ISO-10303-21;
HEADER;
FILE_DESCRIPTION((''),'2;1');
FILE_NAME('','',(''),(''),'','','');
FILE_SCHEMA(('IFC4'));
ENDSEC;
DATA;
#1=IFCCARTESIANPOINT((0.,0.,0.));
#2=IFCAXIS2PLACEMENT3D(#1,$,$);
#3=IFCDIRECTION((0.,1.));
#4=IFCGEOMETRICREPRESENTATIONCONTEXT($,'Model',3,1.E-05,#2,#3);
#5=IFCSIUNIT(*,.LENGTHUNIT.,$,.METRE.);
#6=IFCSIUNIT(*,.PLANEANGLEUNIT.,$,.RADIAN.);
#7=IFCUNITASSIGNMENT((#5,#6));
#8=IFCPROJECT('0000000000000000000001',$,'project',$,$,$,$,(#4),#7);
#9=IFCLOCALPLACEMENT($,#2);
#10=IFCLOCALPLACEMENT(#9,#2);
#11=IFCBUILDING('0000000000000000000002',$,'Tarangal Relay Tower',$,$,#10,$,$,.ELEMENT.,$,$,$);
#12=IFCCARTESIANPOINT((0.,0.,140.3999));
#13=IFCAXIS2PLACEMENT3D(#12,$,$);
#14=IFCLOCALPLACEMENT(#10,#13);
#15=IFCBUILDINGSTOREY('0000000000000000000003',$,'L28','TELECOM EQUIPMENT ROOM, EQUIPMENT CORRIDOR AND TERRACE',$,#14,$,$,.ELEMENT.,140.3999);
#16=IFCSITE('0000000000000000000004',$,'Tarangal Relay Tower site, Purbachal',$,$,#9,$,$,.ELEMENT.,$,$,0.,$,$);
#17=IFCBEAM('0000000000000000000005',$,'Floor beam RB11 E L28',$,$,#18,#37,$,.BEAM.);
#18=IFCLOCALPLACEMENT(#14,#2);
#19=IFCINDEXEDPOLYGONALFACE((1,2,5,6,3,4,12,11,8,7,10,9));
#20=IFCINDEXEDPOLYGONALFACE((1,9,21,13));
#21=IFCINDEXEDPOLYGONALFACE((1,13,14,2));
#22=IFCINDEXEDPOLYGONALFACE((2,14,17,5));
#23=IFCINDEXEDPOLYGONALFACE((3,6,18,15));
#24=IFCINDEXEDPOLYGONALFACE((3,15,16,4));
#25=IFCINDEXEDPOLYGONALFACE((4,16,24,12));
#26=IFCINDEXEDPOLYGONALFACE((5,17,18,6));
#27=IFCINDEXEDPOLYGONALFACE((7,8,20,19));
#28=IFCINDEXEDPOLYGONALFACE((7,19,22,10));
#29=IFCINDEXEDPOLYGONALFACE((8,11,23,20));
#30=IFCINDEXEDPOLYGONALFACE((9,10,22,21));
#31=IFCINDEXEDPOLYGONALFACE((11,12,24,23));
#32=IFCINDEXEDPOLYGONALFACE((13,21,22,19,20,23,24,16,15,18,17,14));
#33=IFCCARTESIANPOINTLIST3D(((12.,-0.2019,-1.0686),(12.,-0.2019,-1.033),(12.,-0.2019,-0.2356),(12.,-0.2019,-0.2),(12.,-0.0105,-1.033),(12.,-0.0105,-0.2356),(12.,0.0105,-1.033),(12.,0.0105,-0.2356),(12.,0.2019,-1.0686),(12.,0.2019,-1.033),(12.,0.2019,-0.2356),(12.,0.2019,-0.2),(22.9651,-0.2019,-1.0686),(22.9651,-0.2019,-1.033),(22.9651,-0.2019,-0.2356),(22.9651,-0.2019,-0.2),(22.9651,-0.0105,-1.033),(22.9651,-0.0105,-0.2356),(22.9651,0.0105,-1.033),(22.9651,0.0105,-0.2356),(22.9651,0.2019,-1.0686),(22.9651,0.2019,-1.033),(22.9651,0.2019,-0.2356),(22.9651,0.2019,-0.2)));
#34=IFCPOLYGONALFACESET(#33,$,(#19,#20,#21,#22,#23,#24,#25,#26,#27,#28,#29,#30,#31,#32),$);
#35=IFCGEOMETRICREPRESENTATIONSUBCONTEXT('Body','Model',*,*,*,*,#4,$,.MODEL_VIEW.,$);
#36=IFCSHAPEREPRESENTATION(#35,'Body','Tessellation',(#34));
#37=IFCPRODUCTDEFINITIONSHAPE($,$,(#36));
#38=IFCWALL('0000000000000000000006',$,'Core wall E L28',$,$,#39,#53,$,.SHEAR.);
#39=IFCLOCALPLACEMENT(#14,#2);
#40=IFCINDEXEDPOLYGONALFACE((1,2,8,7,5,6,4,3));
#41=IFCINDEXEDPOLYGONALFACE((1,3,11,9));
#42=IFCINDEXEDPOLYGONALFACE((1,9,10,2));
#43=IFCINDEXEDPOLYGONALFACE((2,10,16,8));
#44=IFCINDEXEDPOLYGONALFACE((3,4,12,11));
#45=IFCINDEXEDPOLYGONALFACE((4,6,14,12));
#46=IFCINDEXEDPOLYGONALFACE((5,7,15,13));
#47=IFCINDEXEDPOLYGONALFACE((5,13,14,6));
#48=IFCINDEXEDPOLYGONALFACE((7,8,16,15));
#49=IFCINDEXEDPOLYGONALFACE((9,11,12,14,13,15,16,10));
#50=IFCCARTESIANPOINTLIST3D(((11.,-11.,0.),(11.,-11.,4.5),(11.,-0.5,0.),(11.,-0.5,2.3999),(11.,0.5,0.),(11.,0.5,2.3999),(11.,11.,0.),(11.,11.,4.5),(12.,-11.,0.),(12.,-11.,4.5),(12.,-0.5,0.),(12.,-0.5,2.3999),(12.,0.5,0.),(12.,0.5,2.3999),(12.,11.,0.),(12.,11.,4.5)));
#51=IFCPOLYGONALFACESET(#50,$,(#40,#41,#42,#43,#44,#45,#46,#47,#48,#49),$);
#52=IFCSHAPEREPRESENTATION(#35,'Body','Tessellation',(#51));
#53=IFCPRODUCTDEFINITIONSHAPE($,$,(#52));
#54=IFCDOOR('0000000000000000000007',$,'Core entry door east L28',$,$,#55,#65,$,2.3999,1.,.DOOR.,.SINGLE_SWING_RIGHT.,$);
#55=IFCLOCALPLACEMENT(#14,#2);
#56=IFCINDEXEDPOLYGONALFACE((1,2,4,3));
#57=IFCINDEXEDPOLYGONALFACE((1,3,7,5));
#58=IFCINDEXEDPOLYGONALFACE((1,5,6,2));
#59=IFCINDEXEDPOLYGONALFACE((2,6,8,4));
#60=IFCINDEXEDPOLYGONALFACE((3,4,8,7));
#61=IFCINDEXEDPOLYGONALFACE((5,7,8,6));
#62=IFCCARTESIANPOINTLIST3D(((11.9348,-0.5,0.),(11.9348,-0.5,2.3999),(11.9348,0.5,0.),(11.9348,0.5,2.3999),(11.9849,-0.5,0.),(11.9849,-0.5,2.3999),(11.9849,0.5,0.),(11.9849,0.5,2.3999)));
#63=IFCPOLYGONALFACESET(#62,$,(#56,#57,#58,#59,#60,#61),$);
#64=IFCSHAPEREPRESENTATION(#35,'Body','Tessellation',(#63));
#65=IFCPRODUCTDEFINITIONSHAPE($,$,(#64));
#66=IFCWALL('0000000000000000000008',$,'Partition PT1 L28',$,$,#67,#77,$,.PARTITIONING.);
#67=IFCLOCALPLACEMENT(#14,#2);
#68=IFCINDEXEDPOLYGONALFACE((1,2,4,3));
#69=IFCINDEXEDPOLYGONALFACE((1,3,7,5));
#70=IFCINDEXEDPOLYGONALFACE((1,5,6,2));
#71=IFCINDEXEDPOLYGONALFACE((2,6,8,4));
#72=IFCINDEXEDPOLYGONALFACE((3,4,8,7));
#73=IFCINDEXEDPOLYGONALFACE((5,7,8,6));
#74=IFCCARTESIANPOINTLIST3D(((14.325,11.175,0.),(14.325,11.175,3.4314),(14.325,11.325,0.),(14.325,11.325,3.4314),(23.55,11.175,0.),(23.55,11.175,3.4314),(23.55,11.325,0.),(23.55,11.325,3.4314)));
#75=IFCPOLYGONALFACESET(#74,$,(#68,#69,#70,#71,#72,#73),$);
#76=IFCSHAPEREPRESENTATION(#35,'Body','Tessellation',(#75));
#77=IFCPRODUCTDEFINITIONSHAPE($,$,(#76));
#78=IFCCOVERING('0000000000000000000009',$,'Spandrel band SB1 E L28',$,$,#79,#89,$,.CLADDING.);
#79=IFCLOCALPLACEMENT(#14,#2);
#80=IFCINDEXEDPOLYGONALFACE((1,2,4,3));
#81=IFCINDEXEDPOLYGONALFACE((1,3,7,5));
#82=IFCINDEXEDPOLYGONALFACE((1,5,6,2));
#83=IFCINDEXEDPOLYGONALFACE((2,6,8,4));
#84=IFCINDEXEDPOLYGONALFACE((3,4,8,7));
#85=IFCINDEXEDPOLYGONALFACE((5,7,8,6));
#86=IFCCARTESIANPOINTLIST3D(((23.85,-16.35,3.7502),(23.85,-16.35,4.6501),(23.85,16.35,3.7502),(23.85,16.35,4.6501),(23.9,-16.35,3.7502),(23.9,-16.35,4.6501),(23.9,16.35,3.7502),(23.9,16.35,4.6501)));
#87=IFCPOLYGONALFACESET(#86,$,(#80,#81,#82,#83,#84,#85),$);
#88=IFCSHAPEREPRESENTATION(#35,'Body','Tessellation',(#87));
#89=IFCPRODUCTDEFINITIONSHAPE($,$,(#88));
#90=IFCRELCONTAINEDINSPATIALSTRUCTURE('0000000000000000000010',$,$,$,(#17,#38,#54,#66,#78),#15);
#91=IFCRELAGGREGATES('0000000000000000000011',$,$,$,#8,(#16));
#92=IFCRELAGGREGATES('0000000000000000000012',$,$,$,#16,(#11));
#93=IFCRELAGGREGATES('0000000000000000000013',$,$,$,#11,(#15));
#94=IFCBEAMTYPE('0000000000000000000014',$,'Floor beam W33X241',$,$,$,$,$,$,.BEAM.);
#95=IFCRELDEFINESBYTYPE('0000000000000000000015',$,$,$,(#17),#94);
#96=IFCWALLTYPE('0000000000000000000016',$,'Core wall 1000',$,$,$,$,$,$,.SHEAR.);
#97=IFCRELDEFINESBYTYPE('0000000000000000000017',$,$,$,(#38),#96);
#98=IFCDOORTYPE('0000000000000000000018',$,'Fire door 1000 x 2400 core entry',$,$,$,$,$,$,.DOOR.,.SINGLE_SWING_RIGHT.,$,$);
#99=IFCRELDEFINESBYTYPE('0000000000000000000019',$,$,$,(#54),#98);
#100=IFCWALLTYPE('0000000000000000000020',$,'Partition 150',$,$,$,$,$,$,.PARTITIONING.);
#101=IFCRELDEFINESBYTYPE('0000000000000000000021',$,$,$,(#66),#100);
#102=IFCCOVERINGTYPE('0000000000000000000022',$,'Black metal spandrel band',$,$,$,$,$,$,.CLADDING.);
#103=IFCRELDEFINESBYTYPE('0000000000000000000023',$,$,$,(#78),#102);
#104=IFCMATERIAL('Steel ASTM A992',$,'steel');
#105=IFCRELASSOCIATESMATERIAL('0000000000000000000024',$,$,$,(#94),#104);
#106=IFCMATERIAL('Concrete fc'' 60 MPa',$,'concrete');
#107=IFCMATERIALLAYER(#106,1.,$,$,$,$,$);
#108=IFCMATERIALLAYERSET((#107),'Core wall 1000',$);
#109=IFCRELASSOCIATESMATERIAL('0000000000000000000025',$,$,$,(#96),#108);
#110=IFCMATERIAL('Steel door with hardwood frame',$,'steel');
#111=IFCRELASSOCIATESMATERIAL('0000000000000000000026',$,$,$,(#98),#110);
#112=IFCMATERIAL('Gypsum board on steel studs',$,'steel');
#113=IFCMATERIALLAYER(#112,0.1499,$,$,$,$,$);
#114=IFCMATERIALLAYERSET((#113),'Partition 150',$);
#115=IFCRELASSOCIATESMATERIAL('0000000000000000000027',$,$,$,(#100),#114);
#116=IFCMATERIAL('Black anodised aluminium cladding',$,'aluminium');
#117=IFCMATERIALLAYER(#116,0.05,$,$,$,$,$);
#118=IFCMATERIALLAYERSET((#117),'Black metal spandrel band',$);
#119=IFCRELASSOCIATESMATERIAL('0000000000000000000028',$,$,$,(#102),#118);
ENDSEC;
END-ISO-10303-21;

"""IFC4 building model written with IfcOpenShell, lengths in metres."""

from ifc_helpers import new_model, si_unit, direction, frame, frame_2d, origin, origin_2d, place, context, subcontext, project, spatial, rectangle, i_section, extrude, material, layer, layer_set, material_profile, profile_set, type_object, element, fill, save


model = new_model("IFC4")

# Units and contexts
model_context = context("Model", 3, precision=1e-05, world=origin(), true_north=direction((0.0, 1.0)))
body_context = subcontext(model_context, "Body", "Model", "MODEL_VIEW")
ifc_project = project(units=[si_unit("LENGTHUNIT", "METRE"), si_unit("PLANEANGLEUNIT", "RADIAN")], contexts=[model_context])

# Site, building, storey
site_placement = place(None, origin())
site = spatial("IfcSite", under=ifc_project, at=site_placement, Name="Tarangal Relay Tower site, Purbachal", CompositionType="ELEMENT", RefElevation=0.0)
building_placement = place(site_placement, origin())
building = spatial("IfcBuilding", under=site, at=building_placement, Name="Tarangal Relay Tower", CompositionType="ELEMENT")
storey_placement = place(building_placement, frame((0.0, 0.0, 140.3999)))
storey = spatial("IfcBuildingStorey", under=building, at=storey_placement, Name="L28", Description="TELECOM EQUIPMENT ROOM, EQUIPMENT CORRIDOR AND TERRACE", CompositionType="ELEMENT", Elevation=140.3999)

# Beam
ifc_material_1 = material(Name="Steel ASTM A992", Category="steel")
ifc_material_profile_1 = material_profile(ifc_material_1, i_section(OverallWidth=0.4038, OverallDepth=0.8687, WebThickness=0.021, FlangeThickness=0.0356, at=origin_2d()), Name="W33X241")
ifc_profile_set_1 = profile_set([ifc_material_profile_1], Name="Steel ASTM A992")
beam_type_1 = type_object("IfcBeamType", Name="Floor beam W33X241", PredefinedType="BEAM", material=ifc_profile_set_1)
for number, where, z_axis, x_axis, name in (
    (1, (12.0, 0.0, -0.6343), (1.0, 0.0, 0.0), (0.0, 1.0, 0.0), "Floor beam RB11 E L28"),
):
    element("IfcBeam", number, at=place(storey_placement, frame(where, z_axis=z_axis, x_axis=x_axis)), inside=storey, type_object=beam_type_1, Name=name, PredefinedType="BEAM", context=body_context, shape_type="SweptSolid", body=[
        extrude(i_section(OverallWidth=0.4038, OverallDepth=0.8687, WebThickness=0.021, FlangeThickness=0.0356, at=origin_2d()), origin(), (0.0, 0.0, 1.0), 10.9651),
    ])

# Wall, opening, door
ifc_material_2 = material(Name="Concrete fc' 60 MPa", Category="concrete")
ifc_layer_1 = layer(ifc_material_2, 1.0)
ifc_layer_set_1 = layer_set([ifc_layer_1], Name="Core wall 1000")
wall_type_1 = type_object("IfcWallType", Name="Core wall 1000", PredefinedType="SHEAR", material=ifc_layer_set_1)
wall_1_placement = place(storey_placement, frame((11.5, 11.0, 0.0), z_axis=(0.0, 0.0, 1.0), x_axis=(0.0, -1.0, 0.0)))
wall_1 = element("IfcWall", 2, at=wall_1_placement, inside=storey, type_object=wall_type_1, Name="Core wall E L28", PredefinedType="SHEAR", context=body_context, shape_type="SweptSolid", body=[
    extrude(rectangle(XDim=22.0, YDim=1.0, at=frame_2d((11.0, 0.0))), origin(), (0.0, 0.0, 1.0), 4.5),
])
opening_placement = place(wall_1_placement, frame((10.5, 0.0, 0.0)))
opening = element("IfcOpeningElement", 3, at=opening_placement, cuts=wall_1, PredefinedType="OPENING", context=body_context, shape_type="SweptSolid", body=[
    extrude(rectangle(XDim=1.0, YDim=2.3999, at=frame_2d((0.5, 1.2))), frame((0.0, 0.51, 0.0), z_axis=(0.0, -1.0, 0.0), x_axis=(1.0, 0.0, 0.0)), (0.0, 0.0, 1.0), 1.02),
])
ifc_material_3 = material(Name="Steel door with hardwood frame", Category="steel")
door_type = type_object("IfcDoorType", Name="Fire door 1000 x 2400 core entry", OperationType="SINGLE_SWING_RIGHT", PredefinedType="DOOR", material=ifc_material_3)
door_placement = place(opening_placement, origin())
door = element("IfcDoor", 4, at=door_placement, inside=storey, type_object=door_type, Name="Core entry door east L28", OperationType="SINGLE_SWING_RIGHT", OverallHeight=2.3999, OverallWidth=1.0, PredefinedType="DOOR", context=body_context, shape_type="SweptSolid", body=[
    extrude(rectangle(XDim=1.0, YDim=2.3999, at=frame_2d((0.5, 1.2))), frame((0.0, 0.4849, 0.0), z_axis=(0.0, -1.0, 0.0), x_axis=(1.0, 0.0, 0.0)), (0.0, 0.0, 1.0), 0.05),
])
fill(opening, door)

# Wall
ifc_material_4 = material(Name="Gypsum board on steel studs", Category="steel")
ifc_layer_2 = layer(ifc_material_4, 0.1499)
ifc_layer_set_2 = layer_set([ifc_layer_2], Name="Partition 150")
wall_type_2 = type_object("IfcWallType", Name="Partition 150", PredefinedType="PARTITIONING", material=ifc_layer_set_2)
wall_2_placement = place(storey_placement, frame((14.325, 11.25, 0.0), z_axis=(0.0, 0.0, 1.0), x_axis=(1.0, 0.0, 0.0)))
element("IfcWall", 5, at=wall_2_placement, inside=storey, type_object=wall_type_2, Name="Partition PT1 L28", PredefinedType="PARTITIONING", context=body_context, shape_type="SweptSolid", body=[
    extrude(rectangle(XDim=9.2251, YDim=0.1499, at=frame_2d((4.6125, 0.0))), origin(), (0.0, 0.0, 1.0), 3.4314),
])

# Covering
ifc_material_5 = material(Name="Black anodised aluminium cladding", Category="aluminium")
ifc_layer_3 = layer(ifc_material_5, 0.05)
ifc_layer_set_3 = layer_set([ifc_layer_3], Name="Black metal spandrel band")
covering_type = type_object("IfcCoveringType", Name="Black metal spandrel band", PredefinedType="CLADDING", material=ifc_layer_set_3)
covering_placement = place(storey_placement, frame((23.875, 0.0, 3.7502), z_axis=(0.0, 0.0, 1.0), x_axis=(0.0, -1.0, 0.0)))
element("IfcCovering", 6, at=covering_placement, inside=storey, type_object=covering_type, Name="Spandrel band SB1 E L28", PredefinedType="CLADDING", context=body_context, shape_type="SweptSolid", body=[
    extrude(rectangle(XDim=32.7, YDim=0.05, at=origin_2d()), origin(), (0.0, 0.0, 1.0), 0.8999),
])

save(model, "model.ifc")
